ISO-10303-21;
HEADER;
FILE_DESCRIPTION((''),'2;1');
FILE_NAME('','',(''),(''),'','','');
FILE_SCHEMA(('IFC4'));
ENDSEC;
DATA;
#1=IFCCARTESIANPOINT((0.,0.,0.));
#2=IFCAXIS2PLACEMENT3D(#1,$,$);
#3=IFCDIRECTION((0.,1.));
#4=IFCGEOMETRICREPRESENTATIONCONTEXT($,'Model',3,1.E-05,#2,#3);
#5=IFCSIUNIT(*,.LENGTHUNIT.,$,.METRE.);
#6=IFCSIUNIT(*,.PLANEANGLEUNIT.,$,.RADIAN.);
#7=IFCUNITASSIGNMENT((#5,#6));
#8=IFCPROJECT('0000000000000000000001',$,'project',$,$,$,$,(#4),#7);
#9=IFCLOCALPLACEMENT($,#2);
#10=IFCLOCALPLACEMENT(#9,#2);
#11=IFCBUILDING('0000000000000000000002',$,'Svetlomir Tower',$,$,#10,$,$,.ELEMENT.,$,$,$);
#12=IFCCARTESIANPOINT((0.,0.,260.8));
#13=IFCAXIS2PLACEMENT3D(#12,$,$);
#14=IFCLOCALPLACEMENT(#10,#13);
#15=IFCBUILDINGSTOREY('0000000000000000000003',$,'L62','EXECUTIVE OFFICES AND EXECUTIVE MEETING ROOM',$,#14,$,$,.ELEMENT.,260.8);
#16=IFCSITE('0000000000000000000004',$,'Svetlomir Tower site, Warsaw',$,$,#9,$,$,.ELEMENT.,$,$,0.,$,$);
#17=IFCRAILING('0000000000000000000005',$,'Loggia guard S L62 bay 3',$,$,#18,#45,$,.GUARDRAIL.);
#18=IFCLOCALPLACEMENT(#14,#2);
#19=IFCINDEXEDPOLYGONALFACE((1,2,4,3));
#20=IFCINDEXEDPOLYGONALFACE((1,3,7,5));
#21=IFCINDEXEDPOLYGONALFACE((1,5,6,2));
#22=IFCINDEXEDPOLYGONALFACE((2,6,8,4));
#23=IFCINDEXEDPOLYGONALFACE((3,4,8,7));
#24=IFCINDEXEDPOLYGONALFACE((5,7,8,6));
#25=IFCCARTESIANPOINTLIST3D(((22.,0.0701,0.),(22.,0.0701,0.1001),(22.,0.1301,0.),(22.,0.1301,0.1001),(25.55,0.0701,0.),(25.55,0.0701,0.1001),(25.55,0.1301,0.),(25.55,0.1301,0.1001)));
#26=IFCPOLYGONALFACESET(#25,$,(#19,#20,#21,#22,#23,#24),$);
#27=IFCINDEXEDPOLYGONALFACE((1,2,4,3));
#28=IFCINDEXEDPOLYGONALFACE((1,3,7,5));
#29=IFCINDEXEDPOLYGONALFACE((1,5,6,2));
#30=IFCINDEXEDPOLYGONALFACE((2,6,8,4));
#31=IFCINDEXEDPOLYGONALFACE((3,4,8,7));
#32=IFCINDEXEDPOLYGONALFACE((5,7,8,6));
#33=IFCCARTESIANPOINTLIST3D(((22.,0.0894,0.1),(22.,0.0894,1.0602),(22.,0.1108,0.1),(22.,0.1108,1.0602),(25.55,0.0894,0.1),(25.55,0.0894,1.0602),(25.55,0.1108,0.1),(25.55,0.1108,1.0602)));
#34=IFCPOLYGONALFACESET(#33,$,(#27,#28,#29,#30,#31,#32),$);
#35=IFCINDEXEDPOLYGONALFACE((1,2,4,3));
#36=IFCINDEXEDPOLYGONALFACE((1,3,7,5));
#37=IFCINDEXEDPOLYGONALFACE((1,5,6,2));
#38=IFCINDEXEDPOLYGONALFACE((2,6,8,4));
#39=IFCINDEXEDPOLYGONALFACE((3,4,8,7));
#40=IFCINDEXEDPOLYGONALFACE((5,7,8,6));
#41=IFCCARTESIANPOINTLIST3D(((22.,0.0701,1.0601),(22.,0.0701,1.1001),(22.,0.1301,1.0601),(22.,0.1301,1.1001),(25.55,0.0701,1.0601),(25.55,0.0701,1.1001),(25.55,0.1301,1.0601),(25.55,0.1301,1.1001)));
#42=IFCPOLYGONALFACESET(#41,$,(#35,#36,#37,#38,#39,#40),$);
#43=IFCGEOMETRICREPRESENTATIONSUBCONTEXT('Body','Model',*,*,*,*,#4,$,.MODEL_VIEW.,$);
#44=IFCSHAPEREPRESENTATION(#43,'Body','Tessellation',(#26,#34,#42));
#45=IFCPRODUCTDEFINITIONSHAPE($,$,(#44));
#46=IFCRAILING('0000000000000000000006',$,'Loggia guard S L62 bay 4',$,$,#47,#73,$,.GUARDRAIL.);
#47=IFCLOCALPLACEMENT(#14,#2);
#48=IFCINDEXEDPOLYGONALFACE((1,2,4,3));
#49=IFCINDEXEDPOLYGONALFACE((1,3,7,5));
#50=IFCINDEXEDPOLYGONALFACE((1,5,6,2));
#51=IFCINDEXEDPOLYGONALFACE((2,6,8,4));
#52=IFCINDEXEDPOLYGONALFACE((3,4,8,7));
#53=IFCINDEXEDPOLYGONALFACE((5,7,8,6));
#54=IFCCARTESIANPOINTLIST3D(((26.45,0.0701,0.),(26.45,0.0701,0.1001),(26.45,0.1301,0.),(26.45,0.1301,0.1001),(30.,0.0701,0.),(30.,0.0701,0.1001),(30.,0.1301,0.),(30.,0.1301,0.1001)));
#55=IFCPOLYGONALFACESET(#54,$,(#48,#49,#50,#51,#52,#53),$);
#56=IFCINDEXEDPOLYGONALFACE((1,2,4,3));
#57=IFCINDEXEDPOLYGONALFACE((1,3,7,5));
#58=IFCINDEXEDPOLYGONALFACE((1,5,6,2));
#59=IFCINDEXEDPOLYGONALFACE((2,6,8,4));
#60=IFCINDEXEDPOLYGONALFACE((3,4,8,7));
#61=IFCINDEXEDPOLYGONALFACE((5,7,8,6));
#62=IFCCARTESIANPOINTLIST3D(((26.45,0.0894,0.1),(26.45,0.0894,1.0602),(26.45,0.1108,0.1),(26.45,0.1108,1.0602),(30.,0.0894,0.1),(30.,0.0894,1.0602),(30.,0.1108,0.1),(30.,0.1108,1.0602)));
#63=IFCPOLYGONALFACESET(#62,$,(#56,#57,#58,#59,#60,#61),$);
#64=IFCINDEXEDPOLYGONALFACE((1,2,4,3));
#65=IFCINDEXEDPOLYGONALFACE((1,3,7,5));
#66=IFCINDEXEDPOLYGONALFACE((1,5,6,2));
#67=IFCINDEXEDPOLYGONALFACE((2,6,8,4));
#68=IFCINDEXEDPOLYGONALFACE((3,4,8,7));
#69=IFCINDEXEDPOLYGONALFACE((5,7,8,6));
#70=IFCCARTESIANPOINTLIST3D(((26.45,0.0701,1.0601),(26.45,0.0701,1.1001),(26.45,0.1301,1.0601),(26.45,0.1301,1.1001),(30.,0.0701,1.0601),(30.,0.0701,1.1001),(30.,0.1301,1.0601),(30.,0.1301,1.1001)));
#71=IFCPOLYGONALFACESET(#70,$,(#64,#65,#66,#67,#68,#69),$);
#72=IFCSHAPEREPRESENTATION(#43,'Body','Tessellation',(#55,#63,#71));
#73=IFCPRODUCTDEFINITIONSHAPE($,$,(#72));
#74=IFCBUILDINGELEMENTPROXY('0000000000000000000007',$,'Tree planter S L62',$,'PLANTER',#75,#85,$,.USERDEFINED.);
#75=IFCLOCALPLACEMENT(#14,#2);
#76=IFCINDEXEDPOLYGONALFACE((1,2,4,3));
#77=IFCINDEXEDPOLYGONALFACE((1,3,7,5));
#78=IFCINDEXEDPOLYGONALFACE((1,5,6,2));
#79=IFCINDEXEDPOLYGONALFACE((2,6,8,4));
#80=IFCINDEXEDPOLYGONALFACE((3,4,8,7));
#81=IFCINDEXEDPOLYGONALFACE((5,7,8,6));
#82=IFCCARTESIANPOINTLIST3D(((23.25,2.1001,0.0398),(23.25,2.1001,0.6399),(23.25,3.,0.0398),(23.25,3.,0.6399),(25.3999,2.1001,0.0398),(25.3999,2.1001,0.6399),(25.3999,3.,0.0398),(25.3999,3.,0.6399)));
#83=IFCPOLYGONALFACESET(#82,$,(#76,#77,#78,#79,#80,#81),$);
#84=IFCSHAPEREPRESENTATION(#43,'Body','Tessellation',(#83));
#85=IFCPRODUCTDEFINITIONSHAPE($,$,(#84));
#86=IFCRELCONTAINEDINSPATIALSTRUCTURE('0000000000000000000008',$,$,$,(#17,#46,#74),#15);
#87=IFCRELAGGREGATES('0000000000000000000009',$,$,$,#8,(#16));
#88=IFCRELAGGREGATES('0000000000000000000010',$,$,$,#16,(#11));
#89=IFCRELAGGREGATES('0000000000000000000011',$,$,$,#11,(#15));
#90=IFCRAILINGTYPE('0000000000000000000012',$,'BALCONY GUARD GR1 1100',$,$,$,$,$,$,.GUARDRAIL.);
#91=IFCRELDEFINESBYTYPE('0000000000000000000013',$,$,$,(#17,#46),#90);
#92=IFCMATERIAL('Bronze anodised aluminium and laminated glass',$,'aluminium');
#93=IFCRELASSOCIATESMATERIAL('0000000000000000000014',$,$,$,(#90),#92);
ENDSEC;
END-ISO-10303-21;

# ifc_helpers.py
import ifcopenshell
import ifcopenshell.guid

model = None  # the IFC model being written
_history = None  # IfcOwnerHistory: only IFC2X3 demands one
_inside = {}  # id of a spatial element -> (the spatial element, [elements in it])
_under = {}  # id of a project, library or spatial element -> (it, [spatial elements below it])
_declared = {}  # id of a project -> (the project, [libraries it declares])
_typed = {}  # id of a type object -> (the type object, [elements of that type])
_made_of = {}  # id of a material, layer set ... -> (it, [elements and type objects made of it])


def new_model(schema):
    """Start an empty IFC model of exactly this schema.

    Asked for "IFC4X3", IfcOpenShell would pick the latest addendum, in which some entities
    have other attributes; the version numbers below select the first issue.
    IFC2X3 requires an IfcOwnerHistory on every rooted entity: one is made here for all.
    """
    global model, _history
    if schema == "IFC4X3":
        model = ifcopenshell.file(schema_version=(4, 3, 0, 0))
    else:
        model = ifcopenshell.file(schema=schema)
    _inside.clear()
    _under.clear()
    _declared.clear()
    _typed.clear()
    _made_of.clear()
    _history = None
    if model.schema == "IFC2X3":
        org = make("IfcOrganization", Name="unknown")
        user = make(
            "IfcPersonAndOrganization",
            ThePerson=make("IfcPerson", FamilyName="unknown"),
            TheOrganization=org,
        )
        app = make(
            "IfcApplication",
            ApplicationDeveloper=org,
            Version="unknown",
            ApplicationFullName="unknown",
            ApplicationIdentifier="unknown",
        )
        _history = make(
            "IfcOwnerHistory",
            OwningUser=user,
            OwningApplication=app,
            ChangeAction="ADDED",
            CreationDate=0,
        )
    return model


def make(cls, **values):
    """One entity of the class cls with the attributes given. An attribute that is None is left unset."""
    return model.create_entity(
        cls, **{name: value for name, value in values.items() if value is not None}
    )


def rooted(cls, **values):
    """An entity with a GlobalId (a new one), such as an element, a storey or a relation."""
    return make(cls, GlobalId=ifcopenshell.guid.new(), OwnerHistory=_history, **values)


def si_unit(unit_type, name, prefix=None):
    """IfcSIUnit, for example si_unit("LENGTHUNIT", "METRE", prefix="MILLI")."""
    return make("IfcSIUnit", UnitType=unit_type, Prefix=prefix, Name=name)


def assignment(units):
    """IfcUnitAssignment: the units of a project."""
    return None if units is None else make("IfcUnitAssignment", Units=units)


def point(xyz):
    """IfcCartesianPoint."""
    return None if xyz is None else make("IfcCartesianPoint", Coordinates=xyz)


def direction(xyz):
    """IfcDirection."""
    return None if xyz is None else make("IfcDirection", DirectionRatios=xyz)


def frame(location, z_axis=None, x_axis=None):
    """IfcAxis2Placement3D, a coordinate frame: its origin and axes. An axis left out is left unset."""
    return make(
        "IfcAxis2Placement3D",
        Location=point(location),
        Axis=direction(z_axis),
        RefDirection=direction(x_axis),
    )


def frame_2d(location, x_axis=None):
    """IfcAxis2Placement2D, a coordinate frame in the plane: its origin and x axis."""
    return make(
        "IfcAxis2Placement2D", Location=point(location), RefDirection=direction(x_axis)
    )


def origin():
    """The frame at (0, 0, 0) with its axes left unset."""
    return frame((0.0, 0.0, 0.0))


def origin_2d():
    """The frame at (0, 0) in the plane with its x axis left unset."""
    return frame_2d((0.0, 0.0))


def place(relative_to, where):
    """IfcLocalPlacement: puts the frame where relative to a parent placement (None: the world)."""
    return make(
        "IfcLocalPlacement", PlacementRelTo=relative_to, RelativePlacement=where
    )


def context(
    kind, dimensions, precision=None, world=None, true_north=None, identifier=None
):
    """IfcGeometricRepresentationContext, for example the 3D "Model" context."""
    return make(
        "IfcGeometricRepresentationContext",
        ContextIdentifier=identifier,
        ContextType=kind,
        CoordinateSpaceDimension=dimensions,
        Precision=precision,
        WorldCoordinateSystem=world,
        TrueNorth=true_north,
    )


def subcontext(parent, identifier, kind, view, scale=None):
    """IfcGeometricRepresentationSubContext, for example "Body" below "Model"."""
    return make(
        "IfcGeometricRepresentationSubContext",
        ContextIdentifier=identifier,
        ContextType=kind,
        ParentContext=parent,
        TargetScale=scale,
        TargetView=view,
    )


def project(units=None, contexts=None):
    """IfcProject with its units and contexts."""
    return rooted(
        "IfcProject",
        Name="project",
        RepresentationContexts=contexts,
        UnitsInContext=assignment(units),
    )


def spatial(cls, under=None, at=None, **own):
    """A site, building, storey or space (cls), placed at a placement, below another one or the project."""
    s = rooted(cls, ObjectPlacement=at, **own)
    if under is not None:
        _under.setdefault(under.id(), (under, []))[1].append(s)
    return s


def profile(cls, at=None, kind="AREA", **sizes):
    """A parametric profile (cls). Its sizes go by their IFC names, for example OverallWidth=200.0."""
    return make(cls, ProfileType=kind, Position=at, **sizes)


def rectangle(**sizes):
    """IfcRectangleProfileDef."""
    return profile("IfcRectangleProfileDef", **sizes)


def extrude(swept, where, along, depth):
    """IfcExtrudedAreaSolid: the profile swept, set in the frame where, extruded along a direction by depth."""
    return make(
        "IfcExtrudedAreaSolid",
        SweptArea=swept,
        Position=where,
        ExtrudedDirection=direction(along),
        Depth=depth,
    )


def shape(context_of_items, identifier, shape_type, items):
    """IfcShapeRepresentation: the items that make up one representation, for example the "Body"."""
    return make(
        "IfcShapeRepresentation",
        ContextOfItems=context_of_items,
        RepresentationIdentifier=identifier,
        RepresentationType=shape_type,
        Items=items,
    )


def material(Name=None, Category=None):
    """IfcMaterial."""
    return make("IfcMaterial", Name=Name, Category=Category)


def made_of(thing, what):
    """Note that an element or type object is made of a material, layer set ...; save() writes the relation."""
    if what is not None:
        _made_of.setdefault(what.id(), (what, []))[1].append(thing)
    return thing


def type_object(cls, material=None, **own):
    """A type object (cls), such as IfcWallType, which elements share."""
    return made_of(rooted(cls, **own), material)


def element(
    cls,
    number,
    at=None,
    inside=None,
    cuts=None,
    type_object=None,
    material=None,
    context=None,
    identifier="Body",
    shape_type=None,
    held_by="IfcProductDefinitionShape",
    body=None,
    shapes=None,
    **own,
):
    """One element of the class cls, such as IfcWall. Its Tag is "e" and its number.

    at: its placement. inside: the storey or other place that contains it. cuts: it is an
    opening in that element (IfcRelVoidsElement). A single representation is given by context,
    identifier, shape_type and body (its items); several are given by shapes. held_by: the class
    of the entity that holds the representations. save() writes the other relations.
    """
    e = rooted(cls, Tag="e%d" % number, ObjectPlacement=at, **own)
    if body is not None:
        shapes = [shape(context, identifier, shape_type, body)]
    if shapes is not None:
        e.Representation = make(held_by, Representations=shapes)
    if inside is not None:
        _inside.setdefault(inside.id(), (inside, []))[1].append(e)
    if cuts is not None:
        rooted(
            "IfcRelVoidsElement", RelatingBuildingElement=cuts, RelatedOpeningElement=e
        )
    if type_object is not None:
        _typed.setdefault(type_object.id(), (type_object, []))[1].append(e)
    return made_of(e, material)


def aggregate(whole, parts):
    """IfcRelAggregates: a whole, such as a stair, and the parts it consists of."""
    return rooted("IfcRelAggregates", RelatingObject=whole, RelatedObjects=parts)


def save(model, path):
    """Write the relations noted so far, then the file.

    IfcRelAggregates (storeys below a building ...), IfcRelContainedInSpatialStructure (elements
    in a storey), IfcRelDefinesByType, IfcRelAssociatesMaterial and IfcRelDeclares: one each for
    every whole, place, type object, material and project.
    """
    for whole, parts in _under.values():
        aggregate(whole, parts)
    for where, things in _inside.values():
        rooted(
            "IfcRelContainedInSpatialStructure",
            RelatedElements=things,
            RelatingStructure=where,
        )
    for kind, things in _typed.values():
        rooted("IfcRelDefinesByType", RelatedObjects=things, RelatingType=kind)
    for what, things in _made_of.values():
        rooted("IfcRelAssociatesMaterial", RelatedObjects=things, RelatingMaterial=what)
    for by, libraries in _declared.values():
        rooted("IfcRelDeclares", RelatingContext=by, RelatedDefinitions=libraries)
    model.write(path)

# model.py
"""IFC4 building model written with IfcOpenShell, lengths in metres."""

from ifc_helpers import new_model, si_unit, direction, frame, origin, origin_2d, place, context, subcontext, project, spatial, rectangle, extrude, material, type_object, element, save


model = new_model("IFC4")

# Units and contexts
model_context = context("Model", 3, precision=1e-05, world=origin(), true_north=direction((0.0, 1.0)))
body_context = subcontext(model_context, "Body", "Model", "MODEL_VIEW")
ifc_project = project(units=[si_unit("LENGTHUNIT", "METRE"), si_unit("PLANEANGLEUNIT", "RADIAN")], contexts=[model_context])

# Site, building, storey
site_placement = place(None, origin())
site = spatial("IfcSite", under=ifc_project, at=site_placement, Name="Svetlomir Tower site, Warsaw", CompositionType="ELEMENT", RefElevation=0.0)
building_placement = place(site_placement, origin())
building = spatial("IfcBuilding", under=site, at=building_placement, Name="Svetlomir Tower", CompositionType="ELEMENT")
storey_placement = place(building_placement, frame((0.0, 0.0, 260.8)))
storey = spatial("IfcBuildingStorey", under=building, at=storey_placement, Name="L62", Description="EXECUTIVE OFFICES AND EXECUTIVE MEETING ROOM", CompositionType="ELEMENT", Elevation=260.8)

# Railings
ifc_material_1 = material(Name="Bronze anodised aluminium and laminated glass", Category="aluminium")
railing_type = type_object("IfcRailingType", Name="BALCONY GUARD GR1 1100", PredefinedType="GUARDRAIL", material=ifc_material_1)
for number, where, name in (
    (1, (22.0, 0.1001, 0.0), "Loggia guard S L62 bay 3"),
    (2, (26.45, 0.1001, 0.0), "Loggia guard S L62 bay 4"),
):
    element("IfcRailing", number, at=place(storey_placement, frame(where)), inside=storey, type_object=railing_type, Name=name, PredefinedType="GUARDRAIL", context=body_context, shape_type="SweptSolid", body=[
        extrude(rectangle(XDim=0.0601, YDim=0.1001, at=origin_2d()), frame((0.0, 0.0, 0.05), z_axis=(1.0, 0.0, 0.0), x_axis=(0.0, 1.0, 0.0)), (0.0, 0.0, 1.0), 3.55),
        extrude(rectangle(XDim=0.0215, YDim=0.9602, at=origin_2d()), frame((0.0, 0.0, 0.5801), z_axis=(1.0, 0.0, 0.0), x_axis=(0.0, 1.0, 0.0)), (0.0, 0.0, 1.0), 3.55),
        extrude(rectangle(XDim=0.0601, YDim=0.04, at=origin_2d()), frame((0.0, 0.0, 1.0801), z_axis=(1.0, 0.0, 0.0), x_axis=(0.0, 1.0, 0.0)), (0.0, 0.0, 1.0), 3.55),
    ])

# Building element proxy
proxy_placement = place(storey_placement, frame((24.325, 2.55, 0.0398), z_axis=(0.0, 0.0, 1.0), x_axis=(1.0, 0.0, 0.0)))
element("IfcBuildingElementProxy", 3, at=proxy_placement, inside=storey, Name="Tree planter S L62", ObjectType="PLANTER", PredefinedType="USERDEFINED", context=body_context, shape_type="SweptSolid", body=[
    extrude(rectangle(XDim=2.1499, YDim=0.8999, at=origin_2d()), origin(), (0.0, 0.0, 1.0), 0.6001),
])

save(model, "model.ifc")
